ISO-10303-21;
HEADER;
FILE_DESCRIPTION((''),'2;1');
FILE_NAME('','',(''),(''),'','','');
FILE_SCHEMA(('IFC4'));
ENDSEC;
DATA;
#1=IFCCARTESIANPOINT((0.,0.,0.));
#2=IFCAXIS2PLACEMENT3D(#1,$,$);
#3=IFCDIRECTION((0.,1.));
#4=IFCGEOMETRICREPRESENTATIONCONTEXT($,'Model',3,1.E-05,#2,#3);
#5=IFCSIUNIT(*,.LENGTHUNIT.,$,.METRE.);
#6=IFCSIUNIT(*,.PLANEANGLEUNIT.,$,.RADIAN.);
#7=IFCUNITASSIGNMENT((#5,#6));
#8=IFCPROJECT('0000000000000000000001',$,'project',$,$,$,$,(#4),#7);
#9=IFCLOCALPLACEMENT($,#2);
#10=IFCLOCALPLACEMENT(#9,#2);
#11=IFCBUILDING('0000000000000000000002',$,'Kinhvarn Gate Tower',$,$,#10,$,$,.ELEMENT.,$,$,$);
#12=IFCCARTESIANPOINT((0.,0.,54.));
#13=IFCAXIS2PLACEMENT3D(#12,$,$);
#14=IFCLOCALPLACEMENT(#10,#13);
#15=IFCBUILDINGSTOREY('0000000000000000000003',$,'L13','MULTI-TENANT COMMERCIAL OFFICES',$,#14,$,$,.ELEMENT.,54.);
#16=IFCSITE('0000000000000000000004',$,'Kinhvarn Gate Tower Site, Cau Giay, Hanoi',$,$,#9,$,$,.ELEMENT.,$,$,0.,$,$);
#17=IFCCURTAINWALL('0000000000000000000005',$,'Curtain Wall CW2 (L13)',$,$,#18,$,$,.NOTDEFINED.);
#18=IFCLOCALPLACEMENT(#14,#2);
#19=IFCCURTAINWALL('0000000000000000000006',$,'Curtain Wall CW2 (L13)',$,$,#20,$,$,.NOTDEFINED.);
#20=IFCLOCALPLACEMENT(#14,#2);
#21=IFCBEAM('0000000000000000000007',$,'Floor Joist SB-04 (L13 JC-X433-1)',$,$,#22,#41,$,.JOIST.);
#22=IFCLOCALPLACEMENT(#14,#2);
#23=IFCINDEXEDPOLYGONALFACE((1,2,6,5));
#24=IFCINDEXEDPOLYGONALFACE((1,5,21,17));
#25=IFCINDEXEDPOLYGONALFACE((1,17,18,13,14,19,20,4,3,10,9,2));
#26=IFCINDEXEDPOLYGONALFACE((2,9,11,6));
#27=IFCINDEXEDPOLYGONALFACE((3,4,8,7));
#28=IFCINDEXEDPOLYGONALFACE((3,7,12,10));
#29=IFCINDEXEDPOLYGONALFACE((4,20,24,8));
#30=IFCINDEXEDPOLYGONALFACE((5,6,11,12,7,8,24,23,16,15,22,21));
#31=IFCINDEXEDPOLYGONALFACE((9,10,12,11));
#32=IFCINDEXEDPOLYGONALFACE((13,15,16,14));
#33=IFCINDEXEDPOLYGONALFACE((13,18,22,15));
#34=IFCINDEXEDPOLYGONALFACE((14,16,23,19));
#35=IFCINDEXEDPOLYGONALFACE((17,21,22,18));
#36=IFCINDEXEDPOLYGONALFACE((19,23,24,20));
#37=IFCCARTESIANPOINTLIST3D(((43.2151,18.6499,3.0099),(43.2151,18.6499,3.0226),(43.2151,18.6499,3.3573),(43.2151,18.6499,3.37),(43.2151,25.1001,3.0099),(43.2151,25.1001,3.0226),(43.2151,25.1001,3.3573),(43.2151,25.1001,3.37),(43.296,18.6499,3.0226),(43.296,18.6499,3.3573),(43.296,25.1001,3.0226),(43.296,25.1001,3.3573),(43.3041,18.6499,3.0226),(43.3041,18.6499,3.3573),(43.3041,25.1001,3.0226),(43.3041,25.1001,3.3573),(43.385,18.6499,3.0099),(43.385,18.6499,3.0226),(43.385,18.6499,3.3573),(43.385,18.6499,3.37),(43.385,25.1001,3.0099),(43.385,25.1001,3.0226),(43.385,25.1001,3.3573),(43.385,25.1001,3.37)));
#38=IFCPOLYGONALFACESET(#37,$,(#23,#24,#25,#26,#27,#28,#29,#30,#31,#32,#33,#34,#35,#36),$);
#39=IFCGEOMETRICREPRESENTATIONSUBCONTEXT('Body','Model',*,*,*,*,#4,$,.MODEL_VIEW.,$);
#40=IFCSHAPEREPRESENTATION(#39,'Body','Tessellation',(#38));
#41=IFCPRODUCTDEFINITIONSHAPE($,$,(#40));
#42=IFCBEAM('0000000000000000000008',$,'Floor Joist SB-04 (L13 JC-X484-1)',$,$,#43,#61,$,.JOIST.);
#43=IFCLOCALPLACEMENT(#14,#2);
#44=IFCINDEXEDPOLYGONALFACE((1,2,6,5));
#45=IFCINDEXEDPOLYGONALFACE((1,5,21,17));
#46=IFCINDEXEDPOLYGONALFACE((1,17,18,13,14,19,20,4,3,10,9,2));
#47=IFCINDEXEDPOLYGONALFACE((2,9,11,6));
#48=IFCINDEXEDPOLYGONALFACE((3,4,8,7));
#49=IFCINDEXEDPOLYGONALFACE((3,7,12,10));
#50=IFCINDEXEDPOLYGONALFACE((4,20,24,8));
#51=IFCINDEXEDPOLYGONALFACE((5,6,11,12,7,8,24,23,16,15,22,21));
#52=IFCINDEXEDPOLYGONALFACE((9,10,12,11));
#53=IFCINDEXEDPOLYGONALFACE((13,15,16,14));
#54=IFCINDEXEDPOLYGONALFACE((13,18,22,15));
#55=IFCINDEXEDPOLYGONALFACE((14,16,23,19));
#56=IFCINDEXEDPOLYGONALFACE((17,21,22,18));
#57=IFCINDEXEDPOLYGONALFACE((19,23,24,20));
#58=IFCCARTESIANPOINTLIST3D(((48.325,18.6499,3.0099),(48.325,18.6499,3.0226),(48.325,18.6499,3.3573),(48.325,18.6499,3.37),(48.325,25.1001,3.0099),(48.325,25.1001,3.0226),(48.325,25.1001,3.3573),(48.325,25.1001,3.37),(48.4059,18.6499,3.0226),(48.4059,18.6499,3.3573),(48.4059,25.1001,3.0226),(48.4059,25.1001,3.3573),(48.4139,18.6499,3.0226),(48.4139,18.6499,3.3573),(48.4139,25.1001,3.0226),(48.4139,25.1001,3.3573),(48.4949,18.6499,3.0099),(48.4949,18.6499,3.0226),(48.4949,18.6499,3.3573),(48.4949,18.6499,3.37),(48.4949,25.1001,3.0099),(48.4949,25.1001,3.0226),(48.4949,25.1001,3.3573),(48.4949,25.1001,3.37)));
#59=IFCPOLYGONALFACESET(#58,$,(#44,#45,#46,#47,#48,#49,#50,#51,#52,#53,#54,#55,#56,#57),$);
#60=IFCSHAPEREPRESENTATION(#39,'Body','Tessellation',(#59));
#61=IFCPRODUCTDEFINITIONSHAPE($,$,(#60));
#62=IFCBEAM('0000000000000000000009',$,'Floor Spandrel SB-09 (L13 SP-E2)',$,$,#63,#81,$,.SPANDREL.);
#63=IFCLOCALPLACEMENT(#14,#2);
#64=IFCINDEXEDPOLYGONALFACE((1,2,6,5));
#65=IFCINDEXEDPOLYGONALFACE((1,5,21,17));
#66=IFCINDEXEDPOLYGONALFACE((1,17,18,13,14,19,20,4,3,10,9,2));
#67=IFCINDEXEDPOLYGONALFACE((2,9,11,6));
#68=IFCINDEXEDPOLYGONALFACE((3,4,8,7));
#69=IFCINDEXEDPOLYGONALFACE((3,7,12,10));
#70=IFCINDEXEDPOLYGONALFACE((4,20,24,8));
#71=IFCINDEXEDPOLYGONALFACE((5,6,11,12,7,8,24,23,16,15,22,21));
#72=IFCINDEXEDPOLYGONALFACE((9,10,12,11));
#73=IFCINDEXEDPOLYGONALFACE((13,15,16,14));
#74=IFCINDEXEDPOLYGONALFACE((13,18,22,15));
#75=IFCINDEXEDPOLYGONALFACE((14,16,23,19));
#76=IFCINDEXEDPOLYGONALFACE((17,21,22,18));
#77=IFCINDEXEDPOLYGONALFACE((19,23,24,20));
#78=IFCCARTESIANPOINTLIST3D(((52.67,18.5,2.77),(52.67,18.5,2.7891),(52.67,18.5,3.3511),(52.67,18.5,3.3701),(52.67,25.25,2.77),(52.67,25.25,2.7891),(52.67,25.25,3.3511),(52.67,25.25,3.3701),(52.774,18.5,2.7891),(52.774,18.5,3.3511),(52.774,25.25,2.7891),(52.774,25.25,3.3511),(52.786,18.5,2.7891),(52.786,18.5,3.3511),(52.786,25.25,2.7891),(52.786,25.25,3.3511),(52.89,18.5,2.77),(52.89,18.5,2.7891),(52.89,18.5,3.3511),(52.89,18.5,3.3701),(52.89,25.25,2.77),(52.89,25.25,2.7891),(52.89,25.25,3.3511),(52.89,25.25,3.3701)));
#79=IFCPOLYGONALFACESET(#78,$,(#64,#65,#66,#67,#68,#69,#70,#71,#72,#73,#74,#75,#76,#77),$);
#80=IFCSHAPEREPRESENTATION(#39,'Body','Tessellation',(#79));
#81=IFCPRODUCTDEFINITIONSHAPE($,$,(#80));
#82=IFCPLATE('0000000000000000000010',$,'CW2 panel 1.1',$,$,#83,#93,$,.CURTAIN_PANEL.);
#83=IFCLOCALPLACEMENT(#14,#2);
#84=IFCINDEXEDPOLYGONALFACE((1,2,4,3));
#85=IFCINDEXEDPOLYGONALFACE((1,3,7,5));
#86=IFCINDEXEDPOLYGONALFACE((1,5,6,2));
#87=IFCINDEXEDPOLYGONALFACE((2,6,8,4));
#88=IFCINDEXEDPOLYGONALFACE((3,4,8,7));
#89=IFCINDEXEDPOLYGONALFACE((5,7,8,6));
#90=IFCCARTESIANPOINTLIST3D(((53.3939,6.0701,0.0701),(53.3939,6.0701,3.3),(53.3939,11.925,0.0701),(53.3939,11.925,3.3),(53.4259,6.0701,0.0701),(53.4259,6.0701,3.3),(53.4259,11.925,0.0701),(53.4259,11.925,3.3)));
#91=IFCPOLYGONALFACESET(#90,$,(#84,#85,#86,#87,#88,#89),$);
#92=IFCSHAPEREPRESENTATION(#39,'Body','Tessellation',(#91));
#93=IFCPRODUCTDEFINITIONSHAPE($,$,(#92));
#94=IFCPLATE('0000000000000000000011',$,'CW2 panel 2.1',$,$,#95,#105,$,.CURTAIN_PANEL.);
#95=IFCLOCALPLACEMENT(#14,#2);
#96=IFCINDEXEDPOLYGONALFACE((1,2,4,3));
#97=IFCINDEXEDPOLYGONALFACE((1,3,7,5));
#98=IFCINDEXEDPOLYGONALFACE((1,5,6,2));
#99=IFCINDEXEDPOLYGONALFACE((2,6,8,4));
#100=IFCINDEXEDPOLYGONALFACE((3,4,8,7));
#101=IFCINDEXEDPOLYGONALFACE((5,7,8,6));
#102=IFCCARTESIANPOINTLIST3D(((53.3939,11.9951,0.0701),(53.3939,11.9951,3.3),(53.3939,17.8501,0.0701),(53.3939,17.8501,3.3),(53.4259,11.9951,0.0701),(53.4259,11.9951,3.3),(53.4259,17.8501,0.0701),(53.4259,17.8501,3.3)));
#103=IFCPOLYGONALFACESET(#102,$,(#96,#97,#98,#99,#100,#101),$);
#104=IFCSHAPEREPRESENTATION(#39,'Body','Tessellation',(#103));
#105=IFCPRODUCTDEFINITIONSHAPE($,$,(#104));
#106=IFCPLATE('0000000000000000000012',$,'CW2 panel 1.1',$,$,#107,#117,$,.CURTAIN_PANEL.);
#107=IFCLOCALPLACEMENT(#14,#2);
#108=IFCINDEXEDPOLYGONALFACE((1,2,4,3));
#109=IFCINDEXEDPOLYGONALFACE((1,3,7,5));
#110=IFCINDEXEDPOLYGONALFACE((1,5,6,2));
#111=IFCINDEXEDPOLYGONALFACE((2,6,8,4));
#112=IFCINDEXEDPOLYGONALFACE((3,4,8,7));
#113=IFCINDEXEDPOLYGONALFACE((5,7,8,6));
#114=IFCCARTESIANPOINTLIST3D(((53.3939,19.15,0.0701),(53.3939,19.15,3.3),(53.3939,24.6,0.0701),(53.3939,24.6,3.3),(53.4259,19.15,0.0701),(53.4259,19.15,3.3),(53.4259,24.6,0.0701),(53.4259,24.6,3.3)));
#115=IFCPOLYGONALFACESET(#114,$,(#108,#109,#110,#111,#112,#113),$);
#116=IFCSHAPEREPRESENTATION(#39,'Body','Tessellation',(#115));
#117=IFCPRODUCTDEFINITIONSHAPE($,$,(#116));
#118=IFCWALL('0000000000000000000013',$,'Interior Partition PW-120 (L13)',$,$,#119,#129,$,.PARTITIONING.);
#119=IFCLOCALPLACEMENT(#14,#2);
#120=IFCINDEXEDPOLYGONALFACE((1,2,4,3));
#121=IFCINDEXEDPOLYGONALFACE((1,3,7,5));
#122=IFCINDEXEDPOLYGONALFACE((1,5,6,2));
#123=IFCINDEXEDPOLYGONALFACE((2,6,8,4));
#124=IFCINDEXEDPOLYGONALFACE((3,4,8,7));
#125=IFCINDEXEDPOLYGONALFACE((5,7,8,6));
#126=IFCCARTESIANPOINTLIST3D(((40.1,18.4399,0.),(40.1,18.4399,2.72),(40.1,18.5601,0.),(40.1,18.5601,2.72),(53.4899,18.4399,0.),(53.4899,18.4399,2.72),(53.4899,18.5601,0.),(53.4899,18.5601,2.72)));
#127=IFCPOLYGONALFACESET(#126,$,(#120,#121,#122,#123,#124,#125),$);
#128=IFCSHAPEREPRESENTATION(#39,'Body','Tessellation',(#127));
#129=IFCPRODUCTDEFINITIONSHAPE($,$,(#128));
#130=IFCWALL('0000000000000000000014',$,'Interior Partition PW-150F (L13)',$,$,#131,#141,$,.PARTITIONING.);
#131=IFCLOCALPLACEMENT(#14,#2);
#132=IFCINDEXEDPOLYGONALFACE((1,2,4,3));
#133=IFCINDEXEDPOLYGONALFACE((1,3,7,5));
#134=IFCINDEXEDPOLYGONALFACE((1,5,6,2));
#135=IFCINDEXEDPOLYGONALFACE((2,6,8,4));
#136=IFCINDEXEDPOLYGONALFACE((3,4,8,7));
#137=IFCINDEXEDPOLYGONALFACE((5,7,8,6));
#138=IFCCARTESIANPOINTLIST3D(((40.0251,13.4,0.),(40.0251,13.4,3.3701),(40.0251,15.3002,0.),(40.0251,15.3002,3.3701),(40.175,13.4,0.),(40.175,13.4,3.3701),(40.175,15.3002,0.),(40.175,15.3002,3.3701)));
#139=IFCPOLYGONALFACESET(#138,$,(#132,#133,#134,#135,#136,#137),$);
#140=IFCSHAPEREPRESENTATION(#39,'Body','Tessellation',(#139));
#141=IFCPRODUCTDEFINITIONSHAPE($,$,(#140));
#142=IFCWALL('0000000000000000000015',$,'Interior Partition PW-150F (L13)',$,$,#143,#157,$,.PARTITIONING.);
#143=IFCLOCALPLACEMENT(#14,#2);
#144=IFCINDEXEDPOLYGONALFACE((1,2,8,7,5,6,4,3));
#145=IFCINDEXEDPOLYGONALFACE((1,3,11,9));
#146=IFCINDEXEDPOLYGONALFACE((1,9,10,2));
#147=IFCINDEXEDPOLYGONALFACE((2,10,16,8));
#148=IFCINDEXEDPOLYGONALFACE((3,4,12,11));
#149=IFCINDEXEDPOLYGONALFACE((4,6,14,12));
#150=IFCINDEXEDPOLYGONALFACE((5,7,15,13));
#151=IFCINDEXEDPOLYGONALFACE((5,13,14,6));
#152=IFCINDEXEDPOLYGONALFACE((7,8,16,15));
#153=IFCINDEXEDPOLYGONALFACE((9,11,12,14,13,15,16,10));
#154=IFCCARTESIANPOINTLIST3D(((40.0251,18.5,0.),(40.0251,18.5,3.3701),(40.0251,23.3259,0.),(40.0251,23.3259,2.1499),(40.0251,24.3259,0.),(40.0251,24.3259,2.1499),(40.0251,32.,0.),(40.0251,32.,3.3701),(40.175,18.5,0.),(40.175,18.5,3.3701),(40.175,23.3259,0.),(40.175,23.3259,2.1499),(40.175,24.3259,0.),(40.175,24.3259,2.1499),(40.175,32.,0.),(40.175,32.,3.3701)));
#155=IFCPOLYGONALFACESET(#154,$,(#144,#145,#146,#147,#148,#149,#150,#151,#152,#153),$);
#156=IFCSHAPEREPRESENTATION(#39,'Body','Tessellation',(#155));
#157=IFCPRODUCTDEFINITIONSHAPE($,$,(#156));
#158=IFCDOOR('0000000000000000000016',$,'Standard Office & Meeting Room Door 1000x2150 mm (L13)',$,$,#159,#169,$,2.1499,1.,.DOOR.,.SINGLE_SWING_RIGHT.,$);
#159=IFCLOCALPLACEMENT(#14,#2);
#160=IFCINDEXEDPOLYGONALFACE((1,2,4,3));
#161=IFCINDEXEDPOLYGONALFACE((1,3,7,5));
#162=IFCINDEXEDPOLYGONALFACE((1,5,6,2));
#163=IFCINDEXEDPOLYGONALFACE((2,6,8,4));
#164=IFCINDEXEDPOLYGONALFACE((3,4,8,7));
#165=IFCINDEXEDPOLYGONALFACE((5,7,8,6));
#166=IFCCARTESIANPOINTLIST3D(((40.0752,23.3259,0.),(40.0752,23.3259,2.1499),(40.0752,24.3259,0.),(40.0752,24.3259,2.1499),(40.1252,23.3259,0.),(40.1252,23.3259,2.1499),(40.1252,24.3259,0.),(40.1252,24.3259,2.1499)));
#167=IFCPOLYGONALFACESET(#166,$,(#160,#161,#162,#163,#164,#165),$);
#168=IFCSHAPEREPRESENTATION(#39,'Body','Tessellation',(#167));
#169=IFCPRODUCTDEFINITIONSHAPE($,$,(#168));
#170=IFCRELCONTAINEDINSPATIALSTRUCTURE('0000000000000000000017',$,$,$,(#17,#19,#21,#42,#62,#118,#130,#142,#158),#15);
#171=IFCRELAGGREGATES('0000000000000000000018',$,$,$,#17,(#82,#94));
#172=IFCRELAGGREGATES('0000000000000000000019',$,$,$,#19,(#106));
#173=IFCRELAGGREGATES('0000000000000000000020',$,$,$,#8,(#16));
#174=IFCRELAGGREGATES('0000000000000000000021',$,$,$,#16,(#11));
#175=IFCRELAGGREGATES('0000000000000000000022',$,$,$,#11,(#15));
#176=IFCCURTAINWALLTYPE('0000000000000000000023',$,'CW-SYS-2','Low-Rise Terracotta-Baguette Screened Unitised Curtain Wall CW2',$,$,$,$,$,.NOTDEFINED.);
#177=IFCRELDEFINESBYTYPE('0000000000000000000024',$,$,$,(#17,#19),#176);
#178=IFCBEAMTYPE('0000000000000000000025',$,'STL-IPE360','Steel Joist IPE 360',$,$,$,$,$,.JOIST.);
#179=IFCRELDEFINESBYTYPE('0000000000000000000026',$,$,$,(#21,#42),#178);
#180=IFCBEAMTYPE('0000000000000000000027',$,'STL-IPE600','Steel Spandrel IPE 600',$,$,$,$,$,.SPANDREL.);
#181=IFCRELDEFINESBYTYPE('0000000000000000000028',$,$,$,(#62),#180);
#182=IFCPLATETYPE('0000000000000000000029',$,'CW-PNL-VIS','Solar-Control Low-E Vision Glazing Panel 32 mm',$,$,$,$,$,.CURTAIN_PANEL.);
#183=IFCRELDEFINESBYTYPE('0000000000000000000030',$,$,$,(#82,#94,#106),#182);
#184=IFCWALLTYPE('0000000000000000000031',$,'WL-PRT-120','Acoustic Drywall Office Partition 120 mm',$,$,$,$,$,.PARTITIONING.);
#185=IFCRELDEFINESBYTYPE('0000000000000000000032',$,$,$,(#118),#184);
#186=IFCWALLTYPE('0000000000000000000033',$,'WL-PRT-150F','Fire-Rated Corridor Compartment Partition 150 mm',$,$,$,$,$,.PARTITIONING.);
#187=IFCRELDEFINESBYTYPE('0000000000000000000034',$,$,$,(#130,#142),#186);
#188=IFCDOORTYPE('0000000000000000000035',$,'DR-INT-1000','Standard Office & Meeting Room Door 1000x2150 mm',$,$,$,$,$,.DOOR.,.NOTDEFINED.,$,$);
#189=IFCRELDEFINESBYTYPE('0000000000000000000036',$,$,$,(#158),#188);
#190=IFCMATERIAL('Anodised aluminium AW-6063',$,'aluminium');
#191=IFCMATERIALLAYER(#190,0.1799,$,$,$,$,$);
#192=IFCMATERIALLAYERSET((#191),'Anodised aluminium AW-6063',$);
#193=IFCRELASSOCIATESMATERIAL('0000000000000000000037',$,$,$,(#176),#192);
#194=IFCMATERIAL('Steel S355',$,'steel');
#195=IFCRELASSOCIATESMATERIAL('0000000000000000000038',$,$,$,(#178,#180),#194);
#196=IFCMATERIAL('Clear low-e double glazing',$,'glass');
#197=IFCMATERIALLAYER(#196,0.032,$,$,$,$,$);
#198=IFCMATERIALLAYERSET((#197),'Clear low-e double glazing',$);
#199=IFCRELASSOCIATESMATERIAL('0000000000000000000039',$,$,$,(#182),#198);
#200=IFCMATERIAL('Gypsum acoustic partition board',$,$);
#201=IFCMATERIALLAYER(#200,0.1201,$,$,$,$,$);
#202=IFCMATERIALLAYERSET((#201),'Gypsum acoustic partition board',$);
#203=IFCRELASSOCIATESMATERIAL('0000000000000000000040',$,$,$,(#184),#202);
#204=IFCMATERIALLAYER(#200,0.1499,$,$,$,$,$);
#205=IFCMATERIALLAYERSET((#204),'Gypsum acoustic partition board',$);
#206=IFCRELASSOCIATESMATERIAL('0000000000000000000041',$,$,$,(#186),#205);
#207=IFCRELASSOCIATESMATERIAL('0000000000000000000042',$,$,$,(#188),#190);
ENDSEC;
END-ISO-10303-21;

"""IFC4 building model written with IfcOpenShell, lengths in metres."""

from ifc_helpers import new_model, si_unit, direction, frame, frame_2d, origin, origin_2d, place, context, subcontext, project, spatial, rectangle, i_section, extrude, material, layer, layer_set, material_profile, profile_set, type_object, element, fill, aggregate, save


model = new_model("IFC4")

# Units and contexts
model_context = context("Model", 3, precision=1e-05, world=origin(), true_north=direction((0.0, 1.0)))
body_context = subcontext(model_context, "Body", "Model", "MODEL_VIEW")
ifc_project = project(units=[si_unit("LENGTHUNIT", "METRE"), si_unit("PLANEANGLEUNIT", "RADIAN")], contexts=[model_context])

# Site, building, storey
site_placement = place(None, origin())
site = spatial("IfcSite", under=ifc_project, at=site_placement, Name="Kinhvarn Gate Tower Site, Cau Giay, Hanoi", CompositionType="ELEMENT", RefElevation=0.0)
building_placement = place(site_placement, origin())
building = spatial("IfcBuilding", under=site, at=building_placement, Name="Kinhvarn Gate Tower", CompositionType="ELEMENT")
storey_placement = place(building_placement, frame((0.0, 0.0, 54.0)))
storey = spatial("IfcBuildingStorey", under=building, at=storey_placement, Name="L13", Description="MULTI-TENANT COMMERCIAL OFFICES", CompositionType="ELEMENT", Elevation=54.0)

# Curtain wall
ifc_material_1 = material(Name="Anodised aluminium AW-6063", Category="aluminium")
ifc_layer_1 = layer(ifc_material_1, 0.1799)
ifc_layer_set_1 = layer_set([ifc_layer_1], Name="Anodised aluminium AW-6063")
curtain_wall_type = type_object("IfcCurtainWallType", Name="CW-SYS-2", Description="Low-Rise Terracotta-Baguette Screened Unitised Curtain Wall CW2", PredefinedType="NOTDEFINED", material=ifc_layer_set_1)
curtain_wall_1_placement = place(storey_placement, origin())
curtain_wall_1 = element("IfcCurtainWall", 1, at=curtain_wall_1_placement, inside=storey, type_object=curtain_wall_type, Name="Curtain Wall CW2 (L13)", PredefinedType="NOTDEFINED")

# Curtain wall
curtain_wall_2_placement = place(storey_placement, origin())
curtain_wall_2 = element("IfcCurtainWall", 2, at=curtain_wall_2_placement, inside=storey, type_object=curtain_wall_type, Name="Curtain Wall CW2 (L13)", PredefinedType="NOTDEFINED")

# Beams
ifc_material_2 = material(Name="Steel S355", Category="steel")
ifc_material_profile_1 = material_profile(ifc_material_2, i_section(OverallWidth=0.1699, OverallDepth=0.3601, WebThickness=0.0081, FlangeThickness=0.0127, at=origin_2d()), Name="IPE 360")
ifc_profile_set_1 = profile_set([ifc_material_profile_1], Name="Steel S355")
beam_type_1 = type_object("IfcBeamType", Name="STL-IPE360", Description="Steel Joist IPE 360", PredefinedType="JOIST", material=ifc_profile_set_1)
for number, where, z_axis, x_axis, name in (
    (3, (43.3, 18.6499, 3.1899), (0.0, 1.0, 0.0), (-1.0, 0.0, 0.0), "Floor Joist SB-04 (L13 JC-X433-1)"),
    (4, (48.4099, 18.6499, 3.1899), (0.0, 1.0, 0.0), (-1.0, 0.0, 0.0), "Floor Joist SB-04 (L13 JC-X484-1)"),
):
    element("IfcBeam", number, at=place(storey_placement, frame(where, z_axis=z_axis, x_axis=x_axis)), inside=storey, type_object=beam_type_1, Name=name, PredefinedType="JOIST", context=body_context, shape_type="SweptSolid", body=[
        extrude(i_section(OverallWidth=0.1699, OverallDepth=0.3601, WebThickness=0.0081, FlangeThickness=0.0127, at=origin_2d()), origin(), (0.0, 0.0, 1.0), 6.4502),
    ])
ifc_material_profile_2 = material_profile(ifc_material_2, i_section(OverallWidth=0.22, OverallDepth=0.6001, WebThickness=0.012, FlangeThickness=0.019, at=origin_2d()), Name="IPE 600")
ifc_profile_set_2 = profile_set([ifc_material_profile_2], Name="Steel S355")
beam_type_2 = type_object("IfcBeamType", Name="STL-IPE600", Description="Steel Spandrel IPE 600", PredefinedType="SPANDREL", material=ifc_profile_set_2)
beam_1_placement = place(storey_placement, frame((52.78, 18.5, 3.0701), z_axis=(0.0, 1.0, 0.0), x_axis=(-1.0, 0.0, 0.0)))
element("IfcBeam", 5, at=beam_1_placement, inside=storey, type_object=beam_type_2, Name="Floor Spandrel SB-09 (L13 SP-E2)", PredefinedType="SPANDREL", context=body_context, shape_type="SweptSolid", body=[
    extrude(i_section(OverallWidth=0.22, OverallDepth=0.6001, WebThickness=0.012, FlangeThickness=0.019, at=origin_2d()), origin(), (0.0, 0.0, 1.0), 6.75),
])

# Plates
ifc_material_3 = material(Name="Clear low-e double glazing", Category="glass")
ifc_layer_2 = layer(ifc_material_3, 0.032)
ifc_layer_set_2 = layer_set([ifc_layer_2], Name="Clear low-e double glazing")
plate_type = type_object("IfcPlateType", Name="CW-PNL-VIS", Description="Solar-Control Low-E Vision Glazing Panel 32 mm", PredefinedType="CURTAIN_PANEL", material=ifc_layer_set_2)
plate_1_placement = place(storey_placement, frame((53.4099, 8.9976, 0.0701), z_axis=(0.0, 0.0, 1.0), x_axis=(0.0, 1.0, 0.0)))
plate_1 = element("IfcPlate", 6, at=plate_1_placement, type_object=plate_type, Name="CW2 panel 1.1", PredefinedType="CURTAIN_PANEL", context=body_context, shape_type="SweptSolid", body=[
    extrude(rectangle(XDim=5.855, YDim=0.032, at=origin_2d()), origin(), (0.0, 0.0, 1.0), 3.23),
])
plate_2_placement = place(storey_placement, frame((53.4099, 14.9226, 0.0701), z_axis=(0.0, 0.0, 1.0), x_axis=(0.0, 1.0, 0.0)))
plate_2 = element("IfcPlate", 7, at=plate_2_placement, type_object=plate_type, Name="CW2 panel 2.1", PredefinedType="CURTAIN_PANEL", context=body_context, shape_type="SweptSolid", body=[
    extrude(rectangle(XDim=5.855, YDim=0.032, at=origin_2d()), origin(), (0.0, 0.0, 1.0), 3.23),
])
aggregate(curtain_wall_1, [plate_1, plate_2])
plate_3_placement = place(storey_placement, frame((53.4099, 21.875, 0.0701), z_axis=(0.0, 0.0, 1.0), x_axis=(0.0, 1.0, 0.0)))
plate_3 = element("IfcPlate", 8, at=plate_3_placement, type_object=plate_type, Name="CW2 panel 1.1", PredefinedType="CURTAIN_PANEL", context=body_context, shape_type="SweptSolid", body=[
    extrude(rectangle(XDim=5.45, YDim=0.032, at=origin_2d()), origin(), (0.0, 0.0, 1.0), 3.23),
])
aggregate(curtain_wall_2, [plate_3])

# Walls
ifc_material_4 = material(Name="Gypsum acoustic partition board")
ifc_layer_3 = layer(ifc_material_4, 0.1201)
ifc_layer_set_3 = layer_set([ifc_layer_3], Name="Gypsum acoustic partition board")
wall_type_1 = type_object("IfcWallType", Name="WL-PRT-120", Description="Acoustic Drywall Office Partition 120 mm", PredefinedType="PARTITIONING", material=ifc_layer_set_3)
wall_1_placement = place(storey_placement, frame((40.1001, 18.5, 0.0), z_axis=(0.0, 0.0, 1.0), x_axis=(1.0, 0.0, 0.0)))
element("IfcWall", 9, at=wall_1_placement, inside=storey, type_object=wall_type_1, Name="Interior Partition PW-120 (L13)", PredefinedType="PARTITIONING", context=body_context, shape_type="SweptSolid", body=[
    extrude(rectangle(XDim=13.3899, YDim=0.1201, at=frame_2d((6.6948, 0.0))), origin(), (0.0, 0.0, 1.0), 2.72),
])
ifc_layer_4 = layer(ifc_material_4, 0.1499)
ifc_layer_set_4 = layer_set([ifc_layer_4], Name="Gypsum acoustic partition board")
wall_type_2 = type_object("IfcWallType", Name="WL-PRT-150F", Description="Fire-Rated Corridor Compartment Partition 150 mm", PredefinedType="PARTITIONING", material=ifc_layer_set_4)
wall_2_placement = place(storey_placement, frame((40.1001, 13.3999, 0.0), z_axis=(0.0, 0.0, 1.0), x_axis=(0.0, 1.0, 0.0)))
element("IfcWall", 10, at=wall_2_placement, inside=storey, type_object=wall_type_2, Name="Interior Partition PW-150F (L13)", PredefinedType="PARTITIONING", context=body_context, shape_type="SweptSolid", body=[
    extrude(rectangle(XDim=1.9001, YDim=0.1499, at=frame_2d((0.9502, 0.0))), origin(), (0.0, 0.0, 1.0), 3.3701),
])

# Wall, opening, door
door_type = type_object("IfcDoorType", Name="DR-INT-1000", Description="Standard Office & Meeting Room Door 1000x2150 mm", OperationType="NOTDEFINED", PredefinedType="DOOR", material=ifc_material_1)
wall_3_placement = place(storey_placement, frame((40.1001, 18.5, 0.0), z_axis=(0.0, 0.0, 1.0), x_axis=(0.0, 1.0, 0.0)))
wall_3 = element("IfcWall", 11, at=wall_3_placement, inside=storey, type_object=wall_type_2, Name="Interior Partition PW-150F (L13)", PredefinedType="PARTITIONING", context=body_context, shape_type="SweptSolid", body=[
    extrude(rectangle(XDim=13.5, YDim=0.1499, at=frame_2d((6.75, 0.0))), origin(), (0.0, 0.0, 1.0), 3.3701),
])
opening_1_placement = place(wall_3_placement, frame((4.8259, 0.0, 0.0)))
opening_1 = element("IfcOpeningElement", 12, at=opening_1_placement, cuts=wall_3, PredefinedType="OPENING", context=body_context, shape_type="SweptSolid", body=[
    extrude(rectangle(XDim=1.0, YDim=2.1499, at=frame_2d((0.5, 1.075))), frame((0.0, 0.085, 0.0), z_axis=(0.0, -1.0, 0.0), x_axis=(1.0, 0.0, 0.0)), (0.0, 0.0, 1.0), 0.1699),
])
door_1_placement = place(opening_1_placement, origin())
door_1 = element("IfcDoor", 13, at=door_1_placement, inside=storey, type_object=door_type, Name="Standard Office & Meeting Room Door 1000x2150 mm (L13)", OperationType="SINGLE_SWING_RIGHT", OverallHeight=2.1499, OverallWidth=1.0, PredefinedType="DOOR", context=body_context, shape_type="SweptSolid", body=[
    extrude(rectangle(XDim=1.0, YDim=2.1499, at=frame_2d((0.5, 1.075))), frame((0.0, 0.0249, 0.0), z_axis=(0.0, -1.0, 0.0), x_axis=(1.0, 0.0, 0.0)), (0.0, 0.0, 1.0), 0.05),
])
fill(opening_1, door_1)

save(model, "model.ifc")
